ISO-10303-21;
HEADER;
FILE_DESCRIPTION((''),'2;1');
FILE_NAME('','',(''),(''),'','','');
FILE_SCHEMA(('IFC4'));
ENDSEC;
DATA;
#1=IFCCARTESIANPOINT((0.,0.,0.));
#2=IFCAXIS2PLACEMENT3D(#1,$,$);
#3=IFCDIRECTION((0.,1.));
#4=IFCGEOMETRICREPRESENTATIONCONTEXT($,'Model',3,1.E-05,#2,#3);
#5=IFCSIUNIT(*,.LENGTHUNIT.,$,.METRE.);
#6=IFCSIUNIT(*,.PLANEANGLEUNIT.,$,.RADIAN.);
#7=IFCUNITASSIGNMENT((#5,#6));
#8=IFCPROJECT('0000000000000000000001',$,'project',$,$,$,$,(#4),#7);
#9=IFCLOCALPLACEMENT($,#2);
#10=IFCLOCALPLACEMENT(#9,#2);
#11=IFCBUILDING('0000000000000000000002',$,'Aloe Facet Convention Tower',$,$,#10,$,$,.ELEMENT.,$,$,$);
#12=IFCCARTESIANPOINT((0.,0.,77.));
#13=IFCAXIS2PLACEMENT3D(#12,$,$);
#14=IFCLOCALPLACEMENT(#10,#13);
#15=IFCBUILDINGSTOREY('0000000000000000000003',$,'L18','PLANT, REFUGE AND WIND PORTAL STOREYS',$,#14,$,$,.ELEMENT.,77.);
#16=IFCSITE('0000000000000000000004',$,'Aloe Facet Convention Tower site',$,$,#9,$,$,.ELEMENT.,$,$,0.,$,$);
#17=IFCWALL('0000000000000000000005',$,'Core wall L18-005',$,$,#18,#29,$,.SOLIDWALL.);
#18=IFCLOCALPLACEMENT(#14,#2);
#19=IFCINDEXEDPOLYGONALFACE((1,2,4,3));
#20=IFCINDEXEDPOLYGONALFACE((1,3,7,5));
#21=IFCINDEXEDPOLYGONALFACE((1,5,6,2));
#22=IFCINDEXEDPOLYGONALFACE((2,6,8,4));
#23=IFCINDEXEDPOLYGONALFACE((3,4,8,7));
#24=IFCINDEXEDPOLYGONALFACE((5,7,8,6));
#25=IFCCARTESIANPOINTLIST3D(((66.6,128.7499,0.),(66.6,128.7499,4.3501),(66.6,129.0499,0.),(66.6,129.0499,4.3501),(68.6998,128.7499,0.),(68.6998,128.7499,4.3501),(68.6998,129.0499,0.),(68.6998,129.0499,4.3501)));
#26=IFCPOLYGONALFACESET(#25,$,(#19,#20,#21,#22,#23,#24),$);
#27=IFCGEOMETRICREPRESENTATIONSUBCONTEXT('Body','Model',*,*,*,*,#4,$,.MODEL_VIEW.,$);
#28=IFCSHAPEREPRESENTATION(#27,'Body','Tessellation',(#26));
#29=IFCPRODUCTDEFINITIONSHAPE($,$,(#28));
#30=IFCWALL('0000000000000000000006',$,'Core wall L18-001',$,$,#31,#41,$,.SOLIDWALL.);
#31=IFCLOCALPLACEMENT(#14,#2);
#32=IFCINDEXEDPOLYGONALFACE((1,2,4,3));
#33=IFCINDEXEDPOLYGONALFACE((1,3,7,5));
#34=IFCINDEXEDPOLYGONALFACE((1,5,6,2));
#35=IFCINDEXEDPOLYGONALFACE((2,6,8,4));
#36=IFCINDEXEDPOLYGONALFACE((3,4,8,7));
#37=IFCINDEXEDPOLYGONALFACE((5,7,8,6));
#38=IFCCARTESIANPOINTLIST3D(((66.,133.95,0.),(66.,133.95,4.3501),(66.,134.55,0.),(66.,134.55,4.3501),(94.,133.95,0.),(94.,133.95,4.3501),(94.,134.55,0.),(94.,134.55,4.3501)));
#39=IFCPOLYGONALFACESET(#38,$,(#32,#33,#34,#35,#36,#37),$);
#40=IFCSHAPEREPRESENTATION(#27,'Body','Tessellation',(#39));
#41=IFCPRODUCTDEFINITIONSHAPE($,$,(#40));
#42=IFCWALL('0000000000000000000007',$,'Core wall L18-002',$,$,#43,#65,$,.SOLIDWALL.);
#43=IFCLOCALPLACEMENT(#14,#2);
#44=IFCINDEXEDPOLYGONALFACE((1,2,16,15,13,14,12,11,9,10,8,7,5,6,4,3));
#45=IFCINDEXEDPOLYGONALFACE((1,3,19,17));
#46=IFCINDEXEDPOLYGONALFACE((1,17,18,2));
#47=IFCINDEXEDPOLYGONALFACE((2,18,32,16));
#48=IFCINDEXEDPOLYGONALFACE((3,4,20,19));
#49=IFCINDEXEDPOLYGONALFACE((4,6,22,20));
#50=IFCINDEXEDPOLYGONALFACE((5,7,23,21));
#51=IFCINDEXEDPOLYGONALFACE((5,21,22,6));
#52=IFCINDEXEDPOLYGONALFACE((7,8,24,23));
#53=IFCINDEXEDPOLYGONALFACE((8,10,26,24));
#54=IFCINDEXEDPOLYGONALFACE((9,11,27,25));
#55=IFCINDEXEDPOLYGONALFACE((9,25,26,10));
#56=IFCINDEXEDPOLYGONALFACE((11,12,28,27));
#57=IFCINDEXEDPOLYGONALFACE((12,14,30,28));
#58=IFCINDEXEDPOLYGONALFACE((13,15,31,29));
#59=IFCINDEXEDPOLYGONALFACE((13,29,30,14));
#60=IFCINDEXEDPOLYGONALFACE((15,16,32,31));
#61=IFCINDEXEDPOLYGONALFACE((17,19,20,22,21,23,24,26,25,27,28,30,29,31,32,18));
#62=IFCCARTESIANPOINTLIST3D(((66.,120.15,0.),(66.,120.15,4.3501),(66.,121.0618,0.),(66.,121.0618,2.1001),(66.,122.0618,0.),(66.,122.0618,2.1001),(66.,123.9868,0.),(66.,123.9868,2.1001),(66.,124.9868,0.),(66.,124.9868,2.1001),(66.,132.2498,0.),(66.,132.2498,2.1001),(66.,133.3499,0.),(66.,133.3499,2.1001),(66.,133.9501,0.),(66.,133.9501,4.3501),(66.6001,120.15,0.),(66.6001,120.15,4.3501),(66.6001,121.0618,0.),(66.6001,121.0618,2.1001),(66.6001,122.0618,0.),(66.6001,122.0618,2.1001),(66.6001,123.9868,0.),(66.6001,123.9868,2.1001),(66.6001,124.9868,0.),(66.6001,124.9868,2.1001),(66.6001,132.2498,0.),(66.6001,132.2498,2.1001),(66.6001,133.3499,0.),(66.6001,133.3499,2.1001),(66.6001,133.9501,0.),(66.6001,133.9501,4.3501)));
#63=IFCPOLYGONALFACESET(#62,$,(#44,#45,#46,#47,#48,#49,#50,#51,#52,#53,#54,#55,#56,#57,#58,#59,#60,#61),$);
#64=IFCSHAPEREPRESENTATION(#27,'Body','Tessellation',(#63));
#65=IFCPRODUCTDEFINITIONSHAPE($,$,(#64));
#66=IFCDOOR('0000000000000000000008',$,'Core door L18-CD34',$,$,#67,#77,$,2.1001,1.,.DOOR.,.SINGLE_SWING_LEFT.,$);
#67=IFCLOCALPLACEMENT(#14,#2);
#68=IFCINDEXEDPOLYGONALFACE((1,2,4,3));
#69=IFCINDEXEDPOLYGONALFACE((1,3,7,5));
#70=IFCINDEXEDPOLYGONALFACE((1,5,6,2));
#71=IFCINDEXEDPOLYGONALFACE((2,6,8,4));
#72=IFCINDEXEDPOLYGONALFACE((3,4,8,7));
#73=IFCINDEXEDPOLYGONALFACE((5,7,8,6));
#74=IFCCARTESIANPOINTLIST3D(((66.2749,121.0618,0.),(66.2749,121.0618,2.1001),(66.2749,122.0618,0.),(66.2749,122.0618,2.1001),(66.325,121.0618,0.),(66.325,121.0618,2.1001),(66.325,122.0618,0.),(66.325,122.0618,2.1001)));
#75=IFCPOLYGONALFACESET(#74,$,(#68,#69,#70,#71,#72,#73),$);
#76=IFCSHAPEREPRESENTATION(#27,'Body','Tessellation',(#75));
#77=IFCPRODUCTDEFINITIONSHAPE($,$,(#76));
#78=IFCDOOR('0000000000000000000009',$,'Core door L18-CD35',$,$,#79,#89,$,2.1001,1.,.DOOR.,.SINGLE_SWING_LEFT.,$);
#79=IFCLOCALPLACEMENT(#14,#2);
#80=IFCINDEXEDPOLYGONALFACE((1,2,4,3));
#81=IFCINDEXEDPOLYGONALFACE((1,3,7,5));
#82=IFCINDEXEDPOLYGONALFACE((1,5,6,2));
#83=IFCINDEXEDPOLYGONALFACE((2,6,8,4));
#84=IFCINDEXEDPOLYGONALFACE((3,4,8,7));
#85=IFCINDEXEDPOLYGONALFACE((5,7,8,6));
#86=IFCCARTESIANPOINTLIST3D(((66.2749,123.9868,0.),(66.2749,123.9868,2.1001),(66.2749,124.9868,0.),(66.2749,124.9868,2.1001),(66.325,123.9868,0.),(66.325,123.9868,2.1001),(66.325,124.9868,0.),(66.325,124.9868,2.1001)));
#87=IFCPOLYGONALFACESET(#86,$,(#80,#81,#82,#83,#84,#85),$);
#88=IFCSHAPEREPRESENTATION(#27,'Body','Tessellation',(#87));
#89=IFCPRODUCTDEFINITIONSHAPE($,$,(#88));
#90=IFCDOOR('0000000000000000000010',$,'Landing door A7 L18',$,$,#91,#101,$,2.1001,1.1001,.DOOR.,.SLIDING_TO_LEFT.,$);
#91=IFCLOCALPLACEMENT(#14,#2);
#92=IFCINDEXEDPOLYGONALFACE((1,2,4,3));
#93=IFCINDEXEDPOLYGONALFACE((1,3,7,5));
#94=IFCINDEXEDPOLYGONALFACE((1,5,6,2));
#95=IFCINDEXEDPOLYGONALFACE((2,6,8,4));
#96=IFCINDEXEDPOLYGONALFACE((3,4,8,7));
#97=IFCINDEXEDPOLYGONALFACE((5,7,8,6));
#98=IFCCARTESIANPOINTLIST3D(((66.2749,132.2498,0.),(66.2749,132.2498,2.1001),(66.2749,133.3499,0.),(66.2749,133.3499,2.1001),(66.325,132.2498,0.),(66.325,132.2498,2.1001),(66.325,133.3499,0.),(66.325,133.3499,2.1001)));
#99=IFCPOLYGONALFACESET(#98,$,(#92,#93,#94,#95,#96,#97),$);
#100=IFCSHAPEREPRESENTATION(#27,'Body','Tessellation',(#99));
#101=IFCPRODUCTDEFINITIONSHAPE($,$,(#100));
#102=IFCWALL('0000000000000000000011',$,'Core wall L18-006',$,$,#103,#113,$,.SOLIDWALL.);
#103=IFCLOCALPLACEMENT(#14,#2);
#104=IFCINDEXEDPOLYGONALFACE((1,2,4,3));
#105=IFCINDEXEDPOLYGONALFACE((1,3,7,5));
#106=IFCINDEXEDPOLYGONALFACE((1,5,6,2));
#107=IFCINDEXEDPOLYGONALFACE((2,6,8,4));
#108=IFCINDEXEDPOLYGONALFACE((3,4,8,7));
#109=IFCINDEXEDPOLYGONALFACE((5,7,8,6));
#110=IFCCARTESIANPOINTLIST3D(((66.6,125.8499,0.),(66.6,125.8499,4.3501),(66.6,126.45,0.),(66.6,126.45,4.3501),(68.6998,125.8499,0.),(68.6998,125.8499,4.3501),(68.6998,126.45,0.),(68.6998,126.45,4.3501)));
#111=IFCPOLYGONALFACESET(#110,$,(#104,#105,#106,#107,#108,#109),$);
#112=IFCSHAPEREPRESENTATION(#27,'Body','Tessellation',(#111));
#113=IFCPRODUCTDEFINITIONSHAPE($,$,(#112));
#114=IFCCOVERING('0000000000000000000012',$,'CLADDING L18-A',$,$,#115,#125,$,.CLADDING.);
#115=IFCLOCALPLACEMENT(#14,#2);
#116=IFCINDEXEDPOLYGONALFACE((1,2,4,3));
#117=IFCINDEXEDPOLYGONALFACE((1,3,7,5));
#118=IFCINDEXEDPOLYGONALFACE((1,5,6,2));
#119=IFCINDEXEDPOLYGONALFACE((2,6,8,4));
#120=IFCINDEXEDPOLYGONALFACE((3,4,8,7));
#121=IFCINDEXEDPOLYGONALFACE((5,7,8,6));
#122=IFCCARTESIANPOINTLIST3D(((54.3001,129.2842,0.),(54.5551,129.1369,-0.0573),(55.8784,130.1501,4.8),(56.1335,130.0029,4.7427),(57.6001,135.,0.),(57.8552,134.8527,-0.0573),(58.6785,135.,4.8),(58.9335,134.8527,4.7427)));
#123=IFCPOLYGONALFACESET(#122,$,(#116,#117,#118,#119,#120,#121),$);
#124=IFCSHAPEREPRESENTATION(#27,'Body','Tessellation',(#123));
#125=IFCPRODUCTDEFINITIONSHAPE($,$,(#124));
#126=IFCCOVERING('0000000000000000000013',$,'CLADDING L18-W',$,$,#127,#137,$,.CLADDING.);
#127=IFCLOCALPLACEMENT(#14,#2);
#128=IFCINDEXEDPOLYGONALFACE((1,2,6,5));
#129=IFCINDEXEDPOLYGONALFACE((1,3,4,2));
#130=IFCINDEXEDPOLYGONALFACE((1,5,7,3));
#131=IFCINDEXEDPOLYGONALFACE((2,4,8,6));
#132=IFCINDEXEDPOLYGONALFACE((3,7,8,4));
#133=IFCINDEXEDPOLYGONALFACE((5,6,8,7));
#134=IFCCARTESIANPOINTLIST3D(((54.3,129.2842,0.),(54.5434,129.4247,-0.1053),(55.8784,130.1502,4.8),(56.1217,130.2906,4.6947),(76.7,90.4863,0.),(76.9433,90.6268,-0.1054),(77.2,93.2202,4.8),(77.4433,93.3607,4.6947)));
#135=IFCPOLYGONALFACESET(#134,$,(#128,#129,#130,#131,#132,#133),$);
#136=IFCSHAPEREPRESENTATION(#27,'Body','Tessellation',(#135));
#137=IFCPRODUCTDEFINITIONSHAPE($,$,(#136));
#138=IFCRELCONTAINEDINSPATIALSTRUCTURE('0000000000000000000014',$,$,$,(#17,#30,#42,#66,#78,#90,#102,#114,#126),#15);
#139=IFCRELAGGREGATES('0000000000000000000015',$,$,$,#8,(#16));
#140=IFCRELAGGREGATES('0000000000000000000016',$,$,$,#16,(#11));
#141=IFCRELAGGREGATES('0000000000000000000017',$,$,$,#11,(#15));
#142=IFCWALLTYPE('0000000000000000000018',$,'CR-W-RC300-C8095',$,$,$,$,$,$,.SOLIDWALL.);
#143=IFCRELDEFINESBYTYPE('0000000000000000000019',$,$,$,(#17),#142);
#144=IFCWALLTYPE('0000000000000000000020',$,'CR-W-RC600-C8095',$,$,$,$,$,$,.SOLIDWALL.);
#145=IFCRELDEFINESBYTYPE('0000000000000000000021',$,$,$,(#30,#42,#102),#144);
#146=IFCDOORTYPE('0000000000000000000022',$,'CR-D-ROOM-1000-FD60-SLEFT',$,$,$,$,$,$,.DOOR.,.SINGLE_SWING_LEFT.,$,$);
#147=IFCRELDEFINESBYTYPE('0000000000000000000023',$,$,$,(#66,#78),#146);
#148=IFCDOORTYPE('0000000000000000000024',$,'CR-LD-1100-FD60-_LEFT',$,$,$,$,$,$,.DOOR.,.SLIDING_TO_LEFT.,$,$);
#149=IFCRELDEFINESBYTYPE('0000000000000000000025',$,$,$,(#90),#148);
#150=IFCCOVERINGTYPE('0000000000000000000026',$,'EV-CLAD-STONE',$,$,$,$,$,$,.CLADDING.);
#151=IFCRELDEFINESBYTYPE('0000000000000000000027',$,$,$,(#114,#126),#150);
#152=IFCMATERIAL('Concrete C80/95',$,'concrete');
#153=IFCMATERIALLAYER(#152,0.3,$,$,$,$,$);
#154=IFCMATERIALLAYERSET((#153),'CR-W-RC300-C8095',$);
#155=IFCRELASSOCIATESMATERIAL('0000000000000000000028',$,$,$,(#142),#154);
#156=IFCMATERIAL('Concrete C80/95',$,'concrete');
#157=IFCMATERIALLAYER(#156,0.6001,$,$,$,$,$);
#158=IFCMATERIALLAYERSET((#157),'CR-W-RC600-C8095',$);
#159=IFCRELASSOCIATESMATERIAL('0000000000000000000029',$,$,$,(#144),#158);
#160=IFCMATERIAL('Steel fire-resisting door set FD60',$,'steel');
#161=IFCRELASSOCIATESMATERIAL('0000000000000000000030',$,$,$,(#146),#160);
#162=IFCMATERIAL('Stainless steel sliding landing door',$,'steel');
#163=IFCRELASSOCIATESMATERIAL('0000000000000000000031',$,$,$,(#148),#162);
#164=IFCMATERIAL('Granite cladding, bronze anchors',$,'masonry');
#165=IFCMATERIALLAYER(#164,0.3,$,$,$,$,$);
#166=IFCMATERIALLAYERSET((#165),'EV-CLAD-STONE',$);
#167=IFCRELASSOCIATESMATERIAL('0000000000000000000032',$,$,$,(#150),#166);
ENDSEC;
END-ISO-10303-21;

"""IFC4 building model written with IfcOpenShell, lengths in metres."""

from ifc_helpers import new_model, si_unit, direction, frame, frame_2d, origin, place, context, subcontext, project, spatial, polyline, rectangle, outline, extrude, material, layer, layer_set, type_object, element, fill, save


model = new_model("IFC4")

# Units and contexts
model_context = context("Model", 3, precision=1e-05, world=origin(), true_north=direction((0.0, 1.0)))
body_context = subcontext(model_context, "Body", "Model", "MODEL_VIEW")
ifc_project = project(units=[si_unit("LENGTHUNIT", "METRE"), si_unit("PLANEANGLEUNIT", "RADIAN")], contexts=[model_context])

# Site, building, storey
site_placement = place(None, origin())
site = spatial("IfcSite", under=ifc_project, at=site_placement, Name="Aloe Facet Convention Tower site", CompositionType="ELEMENT", RefElevation=0.0)
building_placement = place(site_placement, origin())
building = spatial("IfcBuilding", under=site, at=building_placement, Name="Aloe Facet Convention Tower", CompositionType="ELEMENT")
storey_placement = place(building_placement, frame((0.0, 0.0, 77.0)))
storey = spatial("IfcBuildingStorey", under=building, at=storey_placement, Name="L18", Description="PLANT, REFUGE AND WIND PORTAL STOREYS", CompositionType="ELEMENT", Elevation=77.0)

# Walls
ifc_material_1 = material(Name="Concrete C80/95", Category="concrete")
ifc_layer_1 = layer(ifc_material_1, 0.3)
ifc_layer_set_1 = layer_set([ifc_layer_1], Name="CR-W-RC300-C8095")
wall_type_1 = type_object("IfcWallType", Name="CR-W-RC300-C8095", PredefinedType="SOLIDWALL", material=ifc_layer_set_1)
wall_1_placement = place(storey_placement, frame((66.6001, 128.8999, 0.0), z_axis=(0.0, 0.0, 1.0), x_axis=(1.0, 0.0, 0.0)))
element("IfcWall", 1, at=wall_1_placement, inside=storey, type_object=wall_type_1, Name="Core wall L18-005", PredefinedType="SOLIDWALL", context=body_context, shape_type="SweptSolid", body=[
    extrude(rectangle(XDim=2.0999, YDim=0.3, at=frame_2d((1.0498, 0.0))), origin(), (0.0, 0.0, 1.0), 4.3501),
])
ifc_material_2 = material(Name="Concrete C80/95", Category="concrete")
ifc_layer_2 = layer(ifc_material_2, 0.6001)
ifc_layer_set_2 = layer_set([ifc_layer_2], Name="CR-W-RC600-C8095")
wall_type_2 = type_object("IfcWallType", Name="CR-W-RC600-C8095", PredefinedType="SOLIDWALL", material=ifc_layer_set_2)
wall_2_placement = place(storey_placement, frame((66.0, 134.25, 0.0), z_axis=(0.0, 0.0, 1.0), x_axis=(1.0, 0.0, 0.0)))
element("IfcWall", 2, at=wall_2_placement, inside=storey, type_object=wall_type_2, Name="Core wall L18-001", PredefinedType="SOLIDWALL", context=body_context, shape_type="SweptSolid", body=[
    extrude(rectangle(XDim=28.0, YDim=0.6001, at=frame_2d((14.0, 0.0))), origin(), (0.0, 0.0, 1.0), 4.3501),
])

# Wall, openings, doors
wall_3_placement = place(storey_placement, frame((66.3, 133.95, 0.0), z_axis=(0.0, 0.0, 1.0), x_axis=(0.0, -1.0, 0.0)))
wall_3 = element("IfcWall", 3, at=wall_3_placement, inside=storey, type_object=wall_type_2, Name="Core wall L18-002", PredefinedType="SOLIDWALL", context=body_context, shape_type="SweptSolid", body=[
    extrude(rectangle(XDim=13.8, YDim=0.6001, at=frame_2d((6.8999, 0.0))), origin(), (0.0, 0.0, 1.0), 4.3501),
])
opening_1_placement = place(wall_3_placement, frame((0.6001, 0.0, 0.0)))
opening_1 = element("IfcOpeningElement", 4, at=opening_1_placement, cuts=wall_3, PredefinedType="OPENING", context=body_context, shape_type="SweptSolid", body=[
    extrude(rectangle(XDim=1.1001, YDim=2.1001, at=frame_2d((0.55, 1.05))), frame((0.0, 0.3101, 0.0), z_axis=(0.0, -1.0, 0.0), x_axis=(1.0, 0.0, 0.0)), (0.0, 0.0, 1.0), 0.6201),
])
opening_2_placement = place(wall_3_placement, frame((11.8882, 0.0, 0.0)))
opening_2 = element("IfcOpeningElement", 5, at=opening_2_placement, cuts=wall_3, PredefinedType="OPENING", context=body_context, shape_type="SweptSolid", body=[
    extrude(rectangle(XDim=1.0, YDim=2.1001, at=frame_2d((0.5, 1.05))), frame((0.0, 0.3101, 0.0), z_axis=(0.0, -1.0, 0.0), x_axis=(1.0, 0.0, 0.0)), (0.0, 0.0, 1.0), 0.6201),
])
opening_3_placement = place(wall_3_placement, frame((8.9631, 0.0, 0.0)))
opening_3 = element("IfcOpeningElement", 6, at=opening_3_placement, cuts=wall_3, PredefinedType="OPENING", context=body_context, shape_type="SweptSolid", body=[
    extrude(rectangle(XDim=1.0, YDim=2.1001, at=frame_2d((0.5, 1.05))), frame((0.0, 0.3101, 0.0), z_axis=(0.0, -1.0, 0.0), x_axis=(1.0, 0.0, 0.0)), (0.0, 0.0, 1.0), 0.6201),
])
ifc_material_3 = material(Name="Steel fire-resisting door set FD60", Category="steel")
door_type_1 = type_object("IfcDoorType", Name="CR-D-ROOM-1000-FD60-SLEFT", OperationType="SINGLE_SWING_LEFT", PredefinedType="DOOR", material=ifc_material_3)
door_1_placement = place(opening_2_placement, origin())
door_1 = element("IfcDoor", 7, at=door_1_placement, inside=storey, type_object=door_type_1, Name="Core door L18-CD34", OperationType="SINGLE_SWING_LEFT", OverallHeight=2.1001, OverallWidth=1.0, PredefinedType="DOOR", context=body_context, shape_type="SweptSolid", body=[
    extrude(rectangle(XDim=1.0, YDim=2.1001, at=frame_2d((0.5, 1.05))), frame((0.0, 0.0249, 0.0), z_axis=(0.0, -1.0, 0.0), x_axis=(1.0, 0.0, 0.0)), (0.0, 0.0, 1.0), 0.05),
])
fill(opening_2, door_1)
door_2_placement = place(opening_3_placement, origin())
door_2 = element("IfcDoor", 8, at=door_2_placement, inside=storey, type_object=door_type_1, Name="Core door L18-CD35", OperationType="SINGLE_SWING_LEFT", OverallHeight=2.1001, OverallWidth=1.0, PredefinedType="DOOR", context=body_context, shape_type="SweptSolid", body=[
    extrude(rectangle(XDim=1.0, YDim=2.1001, at=frame_2d((0.5, 1.05))), frame((0.0, 0.0249, 0.0), z_axis=(0.0, -1.0, 0.0), x_axis=(1.0, 0.0, 0.0)), (0.0, 0.0, 1.0), 0.05),
])
fill(opening_3, door_2)
ifc_material_4 = material(Name="Stainless steel sliding landing door", Category="steel")
door_type_2 = type_object("IfcDoorType", Name="CR-LD-1100-FD60-_LEFT", OperationType="SLIDING_TO_LEFT", PredefinedType="DOOR", material=ifc_material_4)
door_3_placement = place(opening_1_placement, origin())
door_3 = element("IfcDoor", 9, at=door_3_placement, inside=storey, type_object=door_type_2, Name="Landing door A7 L18", OperationType="SLIDING_TO_LEFT", OverallHeight=2.1001, OverallWidth=1.1001, PredefinedType="DOOR", context=body_context, shape_type="SweptSolid", body=[
    extrude(rectangle(XDim=1.1001, YDim=2.1001, at=frame_2d((0.55, 1.05))), frame((0.0, 0.0249, 0.0), z_axis=(0.0, -1.0, 0.0), x_axis=(1.0, 0.0, 0.0)), (0.0, 0.0, 1.0), 0.05),
])
fill(opening_1, door_3)

# Wall
wall_4_placement = place(storey_placement, frame((66.6001, 126.1499, 0.0), z_axis=(0.0, 0.0, 1.0), x_axis=(1.0, 0.0, 0.0)))
element("IfcWall", 10, at=wall_4_placement, inside=storey, type_object=wall_type_2, Name="Core wall L18-006", PredefinedType="SOLIDWALL", context=body_context, shape_type="SweptSolid", body=[
    extrude(rectangle(XDim=2.0999, YDim=0.6001, at=frame_2d((1.0498, 0.0))), origin(), (0.0, 0.0, 1.0), 4.3501),
])

# Coverings
ifc_material_5 = material(Name="Granite cladding, bronze anchors", Category="masonry")
ifc_layer_3 = layer(ifc_material_5, 0.3)
ifc_layer_set_3 = layer_set([ifc_layer_3], Name="EV-CLAD-STONE")
covering_type = type_object("IfcCoveringType", Name="EV-CLAD-STONE", PredefinedType="CLADDING", material=ifc_layer_set_3)
covering_1_placement = place(storey_placement, frame((57.6001, 135.0, 0.0), z_axis=(-0.850085, 0.490797, 0.190981), x_axis=(-0.5, -0.866025, 0.0)))
element("IfcCovering", 11, at=covering_1_placement, inside=storey, type_object=covering_type, Name="CLADDING L18-A", PredefinedType="CLADDING", context=body_context, shape_type="SweptSolid", body=[
    extrude(outline(polyline([(0.0, 0.0), (6.6001, 0.0), (5.0609, 4.8901), (-0.5392, 4.8901), (0.0, 0.0)])), origin(), (0.0, 0.0, -1.0), 0.3),
])
covering_2_placement = place(storey_placement, frame((54.3, 129.2842, 0.0), z_axis=(-0.81089, -0.468167, 0.351107), x_axis=(0.5, -0.866026, 0.0)))
element("IfcCovering", 12, at=covering_2_placement, inside=storey, type_object=covering_type, Name="CLADDING L18-W", PredefinedType="CLADDING", context=body_context, shape_type="SweptSolid", body=[
    extrude(outline(polyline([(0.0, 0.0), (44.7999, 0.0), (42.6823, 5.1264), (0.0392, 5.1264), (0.0, 0.0)])), origin(), (0.0, 0.0, -1.0), 0.3),
])

save(model, "model.ifc")
